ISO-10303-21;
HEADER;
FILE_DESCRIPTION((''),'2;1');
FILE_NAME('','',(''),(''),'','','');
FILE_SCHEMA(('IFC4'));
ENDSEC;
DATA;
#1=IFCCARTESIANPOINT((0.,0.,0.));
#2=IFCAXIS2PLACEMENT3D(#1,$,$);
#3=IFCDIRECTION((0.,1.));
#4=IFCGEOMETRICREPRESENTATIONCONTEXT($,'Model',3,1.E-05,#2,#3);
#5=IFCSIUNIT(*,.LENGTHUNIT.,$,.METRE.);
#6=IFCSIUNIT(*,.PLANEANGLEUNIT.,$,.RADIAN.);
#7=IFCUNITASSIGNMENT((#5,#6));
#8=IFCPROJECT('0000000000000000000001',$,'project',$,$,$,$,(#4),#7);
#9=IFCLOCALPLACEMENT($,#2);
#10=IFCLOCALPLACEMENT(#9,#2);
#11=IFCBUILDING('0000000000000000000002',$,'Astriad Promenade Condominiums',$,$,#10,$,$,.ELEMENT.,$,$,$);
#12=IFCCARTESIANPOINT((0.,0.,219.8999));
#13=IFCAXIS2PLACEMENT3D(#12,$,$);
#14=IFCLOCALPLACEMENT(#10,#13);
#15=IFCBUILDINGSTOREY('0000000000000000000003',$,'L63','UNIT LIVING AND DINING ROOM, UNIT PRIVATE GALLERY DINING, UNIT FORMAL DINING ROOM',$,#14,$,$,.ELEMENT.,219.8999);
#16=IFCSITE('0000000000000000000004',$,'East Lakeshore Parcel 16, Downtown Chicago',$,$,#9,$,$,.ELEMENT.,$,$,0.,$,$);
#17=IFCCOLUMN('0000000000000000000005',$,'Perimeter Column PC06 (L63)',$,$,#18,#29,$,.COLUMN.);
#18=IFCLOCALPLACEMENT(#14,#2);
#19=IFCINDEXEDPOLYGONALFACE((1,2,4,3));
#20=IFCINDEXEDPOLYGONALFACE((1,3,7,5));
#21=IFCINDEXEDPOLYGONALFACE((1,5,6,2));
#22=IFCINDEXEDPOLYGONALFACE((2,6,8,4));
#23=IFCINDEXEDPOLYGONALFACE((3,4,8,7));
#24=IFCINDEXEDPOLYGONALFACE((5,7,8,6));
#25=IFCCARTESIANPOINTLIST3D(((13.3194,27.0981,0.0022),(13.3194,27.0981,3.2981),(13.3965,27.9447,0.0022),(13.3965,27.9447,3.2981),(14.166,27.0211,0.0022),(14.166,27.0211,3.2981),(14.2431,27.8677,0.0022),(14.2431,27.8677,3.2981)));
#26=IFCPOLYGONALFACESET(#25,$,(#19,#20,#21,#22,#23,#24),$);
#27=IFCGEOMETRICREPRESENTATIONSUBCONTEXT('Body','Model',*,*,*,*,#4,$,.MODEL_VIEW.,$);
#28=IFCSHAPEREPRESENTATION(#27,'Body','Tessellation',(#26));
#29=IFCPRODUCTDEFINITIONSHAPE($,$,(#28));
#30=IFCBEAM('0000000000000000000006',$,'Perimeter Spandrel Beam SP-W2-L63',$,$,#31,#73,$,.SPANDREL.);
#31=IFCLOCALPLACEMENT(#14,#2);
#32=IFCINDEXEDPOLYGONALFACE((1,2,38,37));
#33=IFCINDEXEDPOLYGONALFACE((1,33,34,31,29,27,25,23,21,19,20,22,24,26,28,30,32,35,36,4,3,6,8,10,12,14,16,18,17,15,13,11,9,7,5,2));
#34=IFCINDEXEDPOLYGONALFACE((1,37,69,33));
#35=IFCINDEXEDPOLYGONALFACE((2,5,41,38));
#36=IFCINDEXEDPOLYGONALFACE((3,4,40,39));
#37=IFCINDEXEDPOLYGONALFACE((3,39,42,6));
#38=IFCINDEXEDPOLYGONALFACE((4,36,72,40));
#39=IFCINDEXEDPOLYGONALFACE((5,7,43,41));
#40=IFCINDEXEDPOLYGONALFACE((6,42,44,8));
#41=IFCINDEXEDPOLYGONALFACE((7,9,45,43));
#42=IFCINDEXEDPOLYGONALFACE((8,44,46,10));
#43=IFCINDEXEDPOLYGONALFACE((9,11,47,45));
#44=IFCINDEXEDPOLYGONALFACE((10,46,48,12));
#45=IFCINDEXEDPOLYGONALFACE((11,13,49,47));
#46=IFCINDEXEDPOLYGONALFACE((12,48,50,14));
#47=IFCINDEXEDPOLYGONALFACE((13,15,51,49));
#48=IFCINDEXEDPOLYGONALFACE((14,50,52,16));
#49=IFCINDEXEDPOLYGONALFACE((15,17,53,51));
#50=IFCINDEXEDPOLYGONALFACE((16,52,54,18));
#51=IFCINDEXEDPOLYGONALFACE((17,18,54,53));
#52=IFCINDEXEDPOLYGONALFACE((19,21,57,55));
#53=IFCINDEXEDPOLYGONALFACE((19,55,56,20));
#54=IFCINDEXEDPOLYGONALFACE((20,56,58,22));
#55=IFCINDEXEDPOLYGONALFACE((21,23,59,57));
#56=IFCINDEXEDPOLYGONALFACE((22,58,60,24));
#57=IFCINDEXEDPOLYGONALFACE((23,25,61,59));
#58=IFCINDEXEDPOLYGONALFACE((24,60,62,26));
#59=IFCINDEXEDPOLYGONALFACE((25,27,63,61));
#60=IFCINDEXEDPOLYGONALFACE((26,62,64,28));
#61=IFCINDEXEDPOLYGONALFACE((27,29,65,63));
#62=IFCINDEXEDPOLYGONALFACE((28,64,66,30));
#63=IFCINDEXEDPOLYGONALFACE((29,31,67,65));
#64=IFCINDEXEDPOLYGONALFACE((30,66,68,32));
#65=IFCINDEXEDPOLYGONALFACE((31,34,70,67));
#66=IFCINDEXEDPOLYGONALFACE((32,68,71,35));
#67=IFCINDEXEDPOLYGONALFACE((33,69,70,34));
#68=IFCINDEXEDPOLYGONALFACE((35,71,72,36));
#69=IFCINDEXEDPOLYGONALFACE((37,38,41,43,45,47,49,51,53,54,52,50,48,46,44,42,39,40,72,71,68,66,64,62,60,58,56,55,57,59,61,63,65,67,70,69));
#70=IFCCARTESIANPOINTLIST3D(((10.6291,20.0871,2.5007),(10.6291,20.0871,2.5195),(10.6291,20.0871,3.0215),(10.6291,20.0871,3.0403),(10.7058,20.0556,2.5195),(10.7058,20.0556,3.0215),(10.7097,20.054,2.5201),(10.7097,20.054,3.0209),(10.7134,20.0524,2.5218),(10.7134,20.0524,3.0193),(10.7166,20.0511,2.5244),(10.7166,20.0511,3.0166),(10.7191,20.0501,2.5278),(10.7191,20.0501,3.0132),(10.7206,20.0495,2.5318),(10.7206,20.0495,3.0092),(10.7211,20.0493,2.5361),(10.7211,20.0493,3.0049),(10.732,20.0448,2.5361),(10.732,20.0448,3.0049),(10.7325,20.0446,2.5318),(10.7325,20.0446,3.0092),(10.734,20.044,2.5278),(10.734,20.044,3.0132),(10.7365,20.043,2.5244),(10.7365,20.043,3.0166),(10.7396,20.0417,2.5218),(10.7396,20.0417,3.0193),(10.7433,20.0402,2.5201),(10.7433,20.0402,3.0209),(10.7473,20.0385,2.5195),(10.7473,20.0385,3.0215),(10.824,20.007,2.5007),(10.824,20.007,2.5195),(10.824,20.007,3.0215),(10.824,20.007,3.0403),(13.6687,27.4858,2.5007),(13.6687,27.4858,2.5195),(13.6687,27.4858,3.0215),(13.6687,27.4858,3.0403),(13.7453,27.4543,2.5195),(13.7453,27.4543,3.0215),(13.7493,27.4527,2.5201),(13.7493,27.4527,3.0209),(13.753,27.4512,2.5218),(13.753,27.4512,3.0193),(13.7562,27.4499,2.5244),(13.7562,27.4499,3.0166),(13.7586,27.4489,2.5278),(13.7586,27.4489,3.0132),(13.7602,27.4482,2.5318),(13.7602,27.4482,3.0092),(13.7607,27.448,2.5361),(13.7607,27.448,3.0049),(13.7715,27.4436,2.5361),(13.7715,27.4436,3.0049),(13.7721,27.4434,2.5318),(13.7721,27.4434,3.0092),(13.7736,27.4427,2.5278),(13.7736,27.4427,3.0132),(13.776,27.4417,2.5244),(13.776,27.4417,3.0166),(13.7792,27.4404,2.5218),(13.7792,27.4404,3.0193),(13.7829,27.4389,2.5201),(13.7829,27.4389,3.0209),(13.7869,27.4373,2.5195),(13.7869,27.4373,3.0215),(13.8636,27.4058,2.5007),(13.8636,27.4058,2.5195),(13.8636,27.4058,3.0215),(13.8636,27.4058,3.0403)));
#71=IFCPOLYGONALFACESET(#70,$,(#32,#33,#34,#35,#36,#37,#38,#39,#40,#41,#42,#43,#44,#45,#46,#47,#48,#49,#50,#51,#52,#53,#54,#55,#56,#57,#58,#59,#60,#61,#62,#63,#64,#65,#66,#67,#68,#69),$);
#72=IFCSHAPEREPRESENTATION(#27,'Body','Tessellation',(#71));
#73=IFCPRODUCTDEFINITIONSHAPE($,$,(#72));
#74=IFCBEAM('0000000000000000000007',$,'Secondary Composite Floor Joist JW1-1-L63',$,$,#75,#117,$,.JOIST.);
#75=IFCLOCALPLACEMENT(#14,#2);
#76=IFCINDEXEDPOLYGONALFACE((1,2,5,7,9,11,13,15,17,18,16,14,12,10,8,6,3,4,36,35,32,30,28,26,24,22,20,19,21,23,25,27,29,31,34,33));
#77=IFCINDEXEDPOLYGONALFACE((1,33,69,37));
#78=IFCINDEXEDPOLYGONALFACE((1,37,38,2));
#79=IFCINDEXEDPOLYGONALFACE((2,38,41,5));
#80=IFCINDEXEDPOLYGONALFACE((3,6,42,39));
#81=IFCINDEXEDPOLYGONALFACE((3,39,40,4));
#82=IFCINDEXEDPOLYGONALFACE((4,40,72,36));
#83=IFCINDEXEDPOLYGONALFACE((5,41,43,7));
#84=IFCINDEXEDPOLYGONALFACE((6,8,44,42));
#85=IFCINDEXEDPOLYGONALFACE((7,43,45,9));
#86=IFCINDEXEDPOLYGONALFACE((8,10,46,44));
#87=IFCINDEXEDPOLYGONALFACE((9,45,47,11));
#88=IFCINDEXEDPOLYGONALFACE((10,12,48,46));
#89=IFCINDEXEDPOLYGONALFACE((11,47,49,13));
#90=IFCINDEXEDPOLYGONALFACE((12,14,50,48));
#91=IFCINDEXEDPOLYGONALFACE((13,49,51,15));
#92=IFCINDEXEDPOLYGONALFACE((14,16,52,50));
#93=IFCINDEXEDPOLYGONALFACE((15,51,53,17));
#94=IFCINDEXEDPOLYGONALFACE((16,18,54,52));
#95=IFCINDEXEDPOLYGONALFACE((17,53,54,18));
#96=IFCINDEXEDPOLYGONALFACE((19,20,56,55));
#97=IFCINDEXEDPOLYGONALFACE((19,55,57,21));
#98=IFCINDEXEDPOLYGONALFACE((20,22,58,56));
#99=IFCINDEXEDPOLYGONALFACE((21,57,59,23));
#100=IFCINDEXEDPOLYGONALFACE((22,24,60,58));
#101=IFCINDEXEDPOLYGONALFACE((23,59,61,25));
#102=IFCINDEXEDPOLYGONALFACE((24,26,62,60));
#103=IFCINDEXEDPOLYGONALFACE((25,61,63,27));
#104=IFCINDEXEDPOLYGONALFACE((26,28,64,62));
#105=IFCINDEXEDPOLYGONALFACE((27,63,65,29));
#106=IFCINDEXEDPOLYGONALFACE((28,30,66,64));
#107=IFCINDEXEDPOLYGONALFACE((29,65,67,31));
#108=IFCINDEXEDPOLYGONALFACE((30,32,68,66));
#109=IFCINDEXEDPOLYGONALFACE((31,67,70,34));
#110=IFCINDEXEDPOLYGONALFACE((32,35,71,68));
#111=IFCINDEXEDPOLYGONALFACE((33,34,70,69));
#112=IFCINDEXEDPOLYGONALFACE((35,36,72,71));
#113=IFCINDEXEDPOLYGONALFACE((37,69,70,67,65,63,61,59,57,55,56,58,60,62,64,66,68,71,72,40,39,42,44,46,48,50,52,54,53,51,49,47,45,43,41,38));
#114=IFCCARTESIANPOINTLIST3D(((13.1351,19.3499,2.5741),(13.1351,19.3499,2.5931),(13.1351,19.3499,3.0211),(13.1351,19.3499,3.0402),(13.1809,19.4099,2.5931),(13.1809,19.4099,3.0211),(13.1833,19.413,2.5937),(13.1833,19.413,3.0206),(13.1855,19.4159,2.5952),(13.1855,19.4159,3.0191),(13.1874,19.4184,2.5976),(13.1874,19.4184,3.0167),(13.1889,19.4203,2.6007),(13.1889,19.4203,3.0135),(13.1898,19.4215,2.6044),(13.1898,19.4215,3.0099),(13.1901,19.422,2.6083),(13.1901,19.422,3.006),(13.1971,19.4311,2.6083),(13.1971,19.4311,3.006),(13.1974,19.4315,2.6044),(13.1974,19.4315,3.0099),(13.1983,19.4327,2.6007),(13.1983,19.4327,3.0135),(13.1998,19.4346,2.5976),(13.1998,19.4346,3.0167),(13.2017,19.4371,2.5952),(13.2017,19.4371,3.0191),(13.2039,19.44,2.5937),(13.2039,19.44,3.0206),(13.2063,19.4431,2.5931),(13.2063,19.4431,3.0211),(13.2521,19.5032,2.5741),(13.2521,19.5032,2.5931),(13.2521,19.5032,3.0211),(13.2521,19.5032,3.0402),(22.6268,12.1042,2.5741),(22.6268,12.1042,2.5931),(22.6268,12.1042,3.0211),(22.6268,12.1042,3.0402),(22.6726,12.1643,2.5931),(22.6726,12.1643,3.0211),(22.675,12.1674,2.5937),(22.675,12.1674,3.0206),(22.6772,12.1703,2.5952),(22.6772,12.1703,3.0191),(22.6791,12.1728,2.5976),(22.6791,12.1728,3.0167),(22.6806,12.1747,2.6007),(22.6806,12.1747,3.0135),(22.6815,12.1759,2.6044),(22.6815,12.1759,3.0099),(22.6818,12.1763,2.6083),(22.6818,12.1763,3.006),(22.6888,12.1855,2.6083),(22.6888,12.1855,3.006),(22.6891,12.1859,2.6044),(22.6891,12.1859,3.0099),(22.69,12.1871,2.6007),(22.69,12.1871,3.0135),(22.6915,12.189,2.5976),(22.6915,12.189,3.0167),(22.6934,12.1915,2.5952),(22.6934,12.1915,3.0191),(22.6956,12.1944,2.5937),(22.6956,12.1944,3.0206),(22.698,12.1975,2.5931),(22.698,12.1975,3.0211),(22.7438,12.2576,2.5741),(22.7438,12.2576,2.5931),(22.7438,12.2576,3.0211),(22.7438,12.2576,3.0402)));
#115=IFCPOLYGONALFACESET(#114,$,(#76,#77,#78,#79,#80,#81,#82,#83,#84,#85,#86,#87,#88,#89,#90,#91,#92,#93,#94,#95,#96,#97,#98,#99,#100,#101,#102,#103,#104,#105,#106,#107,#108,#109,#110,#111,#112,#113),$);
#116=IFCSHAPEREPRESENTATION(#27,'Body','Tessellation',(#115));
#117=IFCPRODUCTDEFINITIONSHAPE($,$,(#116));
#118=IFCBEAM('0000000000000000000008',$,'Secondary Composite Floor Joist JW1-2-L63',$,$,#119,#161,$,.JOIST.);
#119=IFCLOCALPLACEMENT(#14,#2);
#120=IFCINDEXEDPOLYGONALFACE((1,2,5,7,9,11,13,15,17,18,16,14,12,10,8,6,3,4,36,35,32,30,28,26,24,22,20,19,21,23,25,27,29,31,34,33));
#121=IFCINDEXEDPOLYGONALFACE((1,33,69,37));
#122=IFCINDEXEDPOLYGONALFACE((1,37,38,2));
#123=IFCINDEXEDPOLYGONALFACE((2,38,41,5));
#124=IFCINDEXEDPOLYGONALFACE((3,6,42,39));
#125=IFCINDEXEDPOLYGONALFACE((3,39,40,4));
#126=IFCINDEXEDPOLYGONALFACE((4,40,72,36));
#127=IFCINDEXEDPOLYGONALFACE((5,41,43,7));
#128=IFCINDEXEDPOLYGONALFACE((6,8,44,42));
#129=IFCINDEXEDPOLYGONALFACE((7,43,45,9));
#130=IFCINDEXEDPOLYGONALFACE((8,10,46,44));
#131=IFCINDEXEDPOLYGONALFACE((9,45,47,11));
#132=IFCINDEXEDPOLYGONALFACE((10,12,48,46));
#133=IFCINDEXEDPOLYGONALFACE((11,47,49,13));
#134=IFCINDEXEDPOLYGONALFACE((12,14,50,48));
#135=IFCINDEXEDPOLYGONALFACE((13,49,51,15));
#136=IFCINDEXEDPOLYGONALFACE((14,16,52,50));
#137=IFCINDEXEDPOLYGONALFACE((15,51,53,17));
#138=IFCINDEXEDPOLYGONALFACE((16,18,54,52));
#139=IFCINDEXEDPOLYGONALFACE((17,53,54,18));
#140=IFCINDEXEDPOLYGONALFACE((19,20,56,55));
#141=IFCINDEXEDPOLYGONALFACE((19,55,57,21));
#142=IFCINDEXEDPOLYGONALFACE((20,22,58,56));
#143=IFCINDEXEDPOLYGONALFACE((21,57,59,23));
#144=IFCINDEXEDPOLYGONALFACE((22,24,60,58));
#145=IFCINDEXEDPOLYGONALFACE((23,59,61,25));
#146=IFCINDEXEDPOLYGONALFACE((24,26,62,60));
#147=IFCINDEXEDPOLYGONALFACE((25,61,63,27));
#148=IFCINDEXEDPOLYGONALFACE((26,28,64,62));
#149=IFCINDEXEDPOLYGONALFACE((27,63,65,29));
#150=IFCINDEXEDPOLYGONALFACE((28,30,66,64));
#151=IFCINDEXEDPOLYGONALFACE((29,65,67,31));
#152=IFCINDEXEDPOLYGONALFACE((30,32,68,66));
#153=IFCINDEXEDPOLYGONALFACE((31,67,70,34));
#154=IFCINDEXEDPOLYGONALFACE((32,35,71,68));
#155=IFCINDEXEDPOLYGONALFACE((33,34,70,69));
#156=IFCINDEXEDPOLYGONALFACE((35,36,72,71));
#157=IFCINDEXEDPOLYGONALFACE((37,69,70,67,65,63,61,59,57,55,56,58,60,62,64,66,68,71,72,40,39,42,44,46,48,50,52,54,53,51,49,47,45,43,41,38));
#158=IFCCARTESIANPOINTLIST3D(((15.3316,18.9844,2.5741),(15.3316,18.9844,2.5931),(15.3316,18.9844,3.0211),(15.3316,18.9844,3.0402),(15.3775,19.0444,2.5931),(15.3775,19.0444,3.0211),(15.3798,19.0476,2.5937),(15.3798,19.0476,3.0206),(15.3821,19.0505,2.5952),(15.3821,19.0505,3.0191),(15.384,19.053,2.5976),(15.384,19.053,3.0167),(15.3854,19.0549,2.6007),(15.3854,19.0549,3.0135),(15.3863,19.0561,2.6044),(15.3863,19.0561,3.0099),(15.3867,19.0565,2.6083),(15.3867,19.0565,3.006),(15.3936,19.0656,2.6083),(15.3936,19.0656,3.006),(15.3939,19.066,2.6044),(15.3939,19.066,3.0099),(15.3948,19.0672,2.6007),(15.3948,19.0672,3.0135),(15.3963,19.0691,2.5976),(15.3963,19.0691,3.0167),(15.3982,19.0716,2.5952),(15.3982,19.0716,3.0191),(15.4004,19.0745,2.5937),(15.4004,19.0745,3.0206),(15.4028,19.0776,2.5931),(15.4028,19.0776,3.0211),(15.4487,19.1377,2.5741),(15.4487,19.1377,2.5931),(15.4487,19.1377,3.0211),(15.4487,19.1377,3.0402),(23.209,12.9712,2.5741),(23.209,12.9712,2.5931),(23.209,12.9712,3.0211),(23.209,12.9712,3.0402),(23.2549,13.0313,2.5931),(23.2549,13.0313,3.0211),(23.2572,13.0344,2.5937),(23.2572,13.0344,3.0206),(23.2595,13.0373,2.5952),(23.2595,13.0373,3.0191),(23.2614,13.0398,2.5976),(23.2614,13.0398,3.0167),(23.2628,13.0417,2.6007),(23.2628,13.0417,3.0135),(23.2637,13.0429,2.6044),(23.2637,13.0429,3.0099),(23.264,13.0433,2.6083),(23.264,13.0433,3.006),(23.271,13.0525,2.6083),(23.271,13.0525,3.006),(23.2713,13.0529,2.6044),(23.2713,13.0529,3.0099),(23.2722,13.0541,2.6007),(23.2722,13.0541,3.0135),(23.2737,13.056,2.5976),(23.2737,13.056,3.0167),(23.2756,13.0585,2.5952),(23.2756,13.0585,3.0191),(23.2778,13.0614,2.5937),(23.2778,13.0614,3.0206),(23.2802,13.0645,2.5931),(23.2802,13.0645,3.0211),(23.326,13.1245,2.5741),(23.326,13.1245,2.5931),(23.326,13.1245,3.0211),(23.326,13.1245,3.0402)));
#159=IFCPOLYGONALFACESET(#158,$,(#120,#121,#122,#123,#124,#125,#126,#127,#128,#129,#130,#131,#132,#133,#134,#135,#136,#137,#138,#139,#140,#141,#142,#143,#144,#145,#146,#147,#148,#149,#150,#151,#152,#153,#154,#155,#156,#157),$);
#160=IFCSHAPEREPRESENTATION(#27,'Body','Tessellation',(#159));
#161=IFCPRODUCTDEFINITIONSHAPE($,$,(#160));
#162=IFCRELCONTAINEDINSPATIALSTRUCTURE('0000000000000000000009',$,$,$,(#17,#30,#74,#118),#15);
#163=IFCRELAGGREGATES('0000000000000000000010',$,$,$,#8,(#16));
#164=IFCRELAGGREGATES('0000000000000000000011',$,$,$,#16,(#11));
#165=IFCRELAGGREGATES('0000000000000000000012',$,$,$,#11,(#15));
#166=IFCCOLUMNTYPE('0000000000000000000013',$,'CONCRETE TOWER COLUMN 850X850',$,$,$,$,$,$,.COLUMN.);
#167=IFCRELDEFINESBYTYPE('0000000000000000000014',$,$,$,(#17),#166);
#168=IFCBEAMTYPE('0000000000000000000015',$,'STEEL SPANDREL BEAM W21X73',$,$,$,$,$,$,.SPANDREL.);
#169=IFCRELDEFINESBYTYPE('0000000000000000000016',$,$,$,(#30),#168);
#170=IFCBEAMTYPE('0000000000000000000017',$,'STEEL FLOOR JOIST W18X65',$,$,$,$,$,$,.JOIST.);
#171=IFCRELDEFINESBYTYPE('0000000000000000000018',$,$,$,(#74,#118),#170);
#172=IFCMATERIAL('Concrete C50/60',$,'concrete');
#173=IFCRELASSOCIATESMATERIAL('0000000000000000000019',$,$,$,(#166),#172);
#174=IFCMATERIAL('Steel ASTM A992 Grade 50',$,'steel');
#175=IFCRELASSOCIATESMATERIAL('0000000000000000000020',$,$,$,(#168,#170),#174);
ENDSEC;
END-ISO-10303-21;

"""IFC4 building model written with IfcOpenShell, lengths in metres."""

from ifc_helpers import new_model, si_unit, direction, frame, origin, origin_2d, place, context, subcontext, project, spatial, rectangle, i_section, extrude, source, transform, mapped, material, material_profile, profile_set, type_object, type_shapes, element, save


model = new_model("IFC4")

# Units and contexts
model_context = context("Model", 3, precision=1e-05, world=origin(), true_north=direction((0.0, 1.0)))
body_context = subcontext(model_context, "Body", "Model", "MODEL_VIEW")
ifc_project = project(units=[si_unit("LENGTHUNIT", "METRE"), si_unit("PLANEANGLEUNIT", "RADIAN")], contexts=[model_context])

# Site, building, storey
site_placement = place(None, origin())
site = spatial("IfcSite", under=ifc_project, at=site_placement, Name="East Lakeshore Parcel 16, Downtown Chicago", CompositionType="ELEMENT", RefElevation=0.0)
building_placement = place(site_placement, origin())
building = spatial("IfcBuilding", under=site, at=building_placement, Name="Astriad Promenade Condominiums", CompositionType="ELEMENT")
storey_placement = place(building_placement, frame((0.0, 0.0, 219.8999)))
storey = spatial("IfcBuildingStorey", under=building, at=storey_placement, Name="L63", Description="UNIT LIVING AND DINING ROOM, UNIT PRIVATE GALLERY DINING, UNIT FORMAL DINING ROOM", CompositionType="ELEMENT", Elevation=219.8999)

# Column
ifc_material_1 = material(Name="Concrete C50/60", Category="concrete")
ifc_material_profile_1 = material_profile(ifc_material_1, rectangle(XDim=0.8501, YDim=0.8501, at=origin_2d()), Name="RC-COL-850X850")
ifc_profile_set_1 = profile_set([ifc_material_profile_1], Name="Concrete C50/60")
column_type = type_object("IfcColumnType", Name="CONCRETE TOWER COLUMN 850X850", PredefinedType="COLUMN", material=ifc_profile_set_1)
shared_shape_1 = source(origin(), body_context, "Body", "SweptSolid", [
    extrude(rectangle(XDim=0.8501, YDim=0.8501, at=origin_2d()), origin(), (0.0, 0.0, 1.0), 3.2959),
])
type_shapes(column_type, [shared_shape_1])
column_placement = place(storey_placement, frame((13.7812, 27.4829, 0.0022), z_axis=(0.0, 0.0, 1.0), x_axis=(0.995884, -0.090633, 0.0)))
element("IfcColumn", 1, at=column_placement, inside=storey, type_object=column_type, Name="Perimeter Column PC06 (L63)", PredefinedType="COLUMN", context=body_context, shape_type="MappedRepresentation", body=[
    mapped(shared_shape_1, transform((0.0, 0.0, 0.0), scale=1.0)),
])

# Beams
ifc_material_2 = material(Name="Steel ASTM A992 Grade 50", Category="steel")
ifc_material_profile_2 = material_profile(ifc_material_2, i_section(OverallWidth=0.2107, OverallDepth=0.5396, WebThickness=0.0117, FlangeThickness=0.0188, FilletRadius=0.0166, at=origin_2d()), Name="W21X73")
ifc_profile_set_2 = profile_set([ifc_material_profile_2], Name="Steel ASTM A992 Grade 50")
beam_type_1 = type_object("IfcBeamType", Name="STEEL SPANDREL BEAM W21X73", PredefinedType="SPANDREL", material=ifc_profile_set_2)
shared_shape_2 = source(origin(), body_context, "Body", "SweptSolid", [
    extrude(i_section(OverallWidth=0.2107, OverallDepth=0.5396, WebThickness=0.0117, FlangeThickness=0.0188, FilletRadius=0.0166, at=origin_2d()), origin(), (0.0, 0.0, 1.0), 7.9988),
])
type_shapes(beam_type_1, [shared_shape_2])
beam_1_placement = place(storey_placement, frame((13.7661, 27.4458, 2.7705), z_axis=(-0.380005, -0.924984, 0.0), x_axis=(0.924984, -0.380005, 0.0)))
element("IfcBeam", 2, at=beam_1_placement, inside=storey, type_object=beam_type_1, Name="Perimeter Spandrel Beam SP-W2-L63", PredefinedType="SPANDREL", context=body_context, shape_type="MappedRepresentation", body=[
    mapped(shared_shape_2, transform((0.0, 0.0, 0.0), scale=1.0)),
])
ifc_material_profile_3 = material_profile(ifc_material_2, i_section(OverallWidth=0.1929, OverallDepth=0.4661, WebThickness=0.0115, FlangeThickness=0.019, FilletRadius=0.0151, at=origin_2d()), Name="W18X65")
ifc_profile_set_3 = profile_set([ifc_material_profile_3], Name="Steel ASTM A992 Grade 50")
beam_type_2 = type_object("IfcBeamType", Name="STEEL FLOOR JOIST W18X65", PredefinedType="JOIST", material=ifc_profile_set_3)
shared_shape_3 = source(origin(), body_context, "Body", "SweptSolid", [
    extrude(i_section(OverallWidth=0.1929, OverallDepth=0.4661, WebThickness=0.0115, FlangeThickness=0.019, FilletRadius=0.0151, at=origin_2d()), origin(), (0.0, 0.0, 1.0), 11.9412),
])
beam_2_placement = place(storey_placement, frame((13.1936, 19.4265, 2.8071), z_axis=(0.794873, -0.606776, 0.0), x_axis=(0.606776, 0.794873, 0.0)))
element("IfcBeam", 3, at=beam_2_placement, inside=storey, type_object=beam_type_2, Name="Secondary Composite Floor Joist JW1-1-L63", PredefinedType="JOIST", context=body_context, shape_type="MappedRepresentation", body=[
    mapped(shared_shape_3, transform((0.0, 0.0, 0.0), scale=1.0)),
])
shared_shape_4 = source(origin(), body_context, "Body", "SweptSolid", [
    extrude(i_section(OverallWidth=0.1929, OverallDepth=0.4661, WebThickness=0.0115, FlangeThickness=0.019, FilletRadius=0.0151, at=origin_2d()), origin(), (0.0, 0.0, 1.0), 9.9102),
])
beam_3_placement = place(storey_placement, frame((15.3901, 19.061, 2.8071), z_axis=(0.794881, -0.606766, 0.0), x_axis=(0.606766, 0.794881, 0.0)))
element("IfcBeam", 4, at=beam_3_placement, inside=storey, type_object=beam_type_2, Name="Secondary Composite Floor Joist JW1-2-L63", PredefinedType="JOIST", context=body_context, shape_type="MappedRepresentation", body=[
    mapped(shared_shape_4, transform((0.0, 0.0, 0.0), scale=1.0)),
])

save(model, "model.ifc")
